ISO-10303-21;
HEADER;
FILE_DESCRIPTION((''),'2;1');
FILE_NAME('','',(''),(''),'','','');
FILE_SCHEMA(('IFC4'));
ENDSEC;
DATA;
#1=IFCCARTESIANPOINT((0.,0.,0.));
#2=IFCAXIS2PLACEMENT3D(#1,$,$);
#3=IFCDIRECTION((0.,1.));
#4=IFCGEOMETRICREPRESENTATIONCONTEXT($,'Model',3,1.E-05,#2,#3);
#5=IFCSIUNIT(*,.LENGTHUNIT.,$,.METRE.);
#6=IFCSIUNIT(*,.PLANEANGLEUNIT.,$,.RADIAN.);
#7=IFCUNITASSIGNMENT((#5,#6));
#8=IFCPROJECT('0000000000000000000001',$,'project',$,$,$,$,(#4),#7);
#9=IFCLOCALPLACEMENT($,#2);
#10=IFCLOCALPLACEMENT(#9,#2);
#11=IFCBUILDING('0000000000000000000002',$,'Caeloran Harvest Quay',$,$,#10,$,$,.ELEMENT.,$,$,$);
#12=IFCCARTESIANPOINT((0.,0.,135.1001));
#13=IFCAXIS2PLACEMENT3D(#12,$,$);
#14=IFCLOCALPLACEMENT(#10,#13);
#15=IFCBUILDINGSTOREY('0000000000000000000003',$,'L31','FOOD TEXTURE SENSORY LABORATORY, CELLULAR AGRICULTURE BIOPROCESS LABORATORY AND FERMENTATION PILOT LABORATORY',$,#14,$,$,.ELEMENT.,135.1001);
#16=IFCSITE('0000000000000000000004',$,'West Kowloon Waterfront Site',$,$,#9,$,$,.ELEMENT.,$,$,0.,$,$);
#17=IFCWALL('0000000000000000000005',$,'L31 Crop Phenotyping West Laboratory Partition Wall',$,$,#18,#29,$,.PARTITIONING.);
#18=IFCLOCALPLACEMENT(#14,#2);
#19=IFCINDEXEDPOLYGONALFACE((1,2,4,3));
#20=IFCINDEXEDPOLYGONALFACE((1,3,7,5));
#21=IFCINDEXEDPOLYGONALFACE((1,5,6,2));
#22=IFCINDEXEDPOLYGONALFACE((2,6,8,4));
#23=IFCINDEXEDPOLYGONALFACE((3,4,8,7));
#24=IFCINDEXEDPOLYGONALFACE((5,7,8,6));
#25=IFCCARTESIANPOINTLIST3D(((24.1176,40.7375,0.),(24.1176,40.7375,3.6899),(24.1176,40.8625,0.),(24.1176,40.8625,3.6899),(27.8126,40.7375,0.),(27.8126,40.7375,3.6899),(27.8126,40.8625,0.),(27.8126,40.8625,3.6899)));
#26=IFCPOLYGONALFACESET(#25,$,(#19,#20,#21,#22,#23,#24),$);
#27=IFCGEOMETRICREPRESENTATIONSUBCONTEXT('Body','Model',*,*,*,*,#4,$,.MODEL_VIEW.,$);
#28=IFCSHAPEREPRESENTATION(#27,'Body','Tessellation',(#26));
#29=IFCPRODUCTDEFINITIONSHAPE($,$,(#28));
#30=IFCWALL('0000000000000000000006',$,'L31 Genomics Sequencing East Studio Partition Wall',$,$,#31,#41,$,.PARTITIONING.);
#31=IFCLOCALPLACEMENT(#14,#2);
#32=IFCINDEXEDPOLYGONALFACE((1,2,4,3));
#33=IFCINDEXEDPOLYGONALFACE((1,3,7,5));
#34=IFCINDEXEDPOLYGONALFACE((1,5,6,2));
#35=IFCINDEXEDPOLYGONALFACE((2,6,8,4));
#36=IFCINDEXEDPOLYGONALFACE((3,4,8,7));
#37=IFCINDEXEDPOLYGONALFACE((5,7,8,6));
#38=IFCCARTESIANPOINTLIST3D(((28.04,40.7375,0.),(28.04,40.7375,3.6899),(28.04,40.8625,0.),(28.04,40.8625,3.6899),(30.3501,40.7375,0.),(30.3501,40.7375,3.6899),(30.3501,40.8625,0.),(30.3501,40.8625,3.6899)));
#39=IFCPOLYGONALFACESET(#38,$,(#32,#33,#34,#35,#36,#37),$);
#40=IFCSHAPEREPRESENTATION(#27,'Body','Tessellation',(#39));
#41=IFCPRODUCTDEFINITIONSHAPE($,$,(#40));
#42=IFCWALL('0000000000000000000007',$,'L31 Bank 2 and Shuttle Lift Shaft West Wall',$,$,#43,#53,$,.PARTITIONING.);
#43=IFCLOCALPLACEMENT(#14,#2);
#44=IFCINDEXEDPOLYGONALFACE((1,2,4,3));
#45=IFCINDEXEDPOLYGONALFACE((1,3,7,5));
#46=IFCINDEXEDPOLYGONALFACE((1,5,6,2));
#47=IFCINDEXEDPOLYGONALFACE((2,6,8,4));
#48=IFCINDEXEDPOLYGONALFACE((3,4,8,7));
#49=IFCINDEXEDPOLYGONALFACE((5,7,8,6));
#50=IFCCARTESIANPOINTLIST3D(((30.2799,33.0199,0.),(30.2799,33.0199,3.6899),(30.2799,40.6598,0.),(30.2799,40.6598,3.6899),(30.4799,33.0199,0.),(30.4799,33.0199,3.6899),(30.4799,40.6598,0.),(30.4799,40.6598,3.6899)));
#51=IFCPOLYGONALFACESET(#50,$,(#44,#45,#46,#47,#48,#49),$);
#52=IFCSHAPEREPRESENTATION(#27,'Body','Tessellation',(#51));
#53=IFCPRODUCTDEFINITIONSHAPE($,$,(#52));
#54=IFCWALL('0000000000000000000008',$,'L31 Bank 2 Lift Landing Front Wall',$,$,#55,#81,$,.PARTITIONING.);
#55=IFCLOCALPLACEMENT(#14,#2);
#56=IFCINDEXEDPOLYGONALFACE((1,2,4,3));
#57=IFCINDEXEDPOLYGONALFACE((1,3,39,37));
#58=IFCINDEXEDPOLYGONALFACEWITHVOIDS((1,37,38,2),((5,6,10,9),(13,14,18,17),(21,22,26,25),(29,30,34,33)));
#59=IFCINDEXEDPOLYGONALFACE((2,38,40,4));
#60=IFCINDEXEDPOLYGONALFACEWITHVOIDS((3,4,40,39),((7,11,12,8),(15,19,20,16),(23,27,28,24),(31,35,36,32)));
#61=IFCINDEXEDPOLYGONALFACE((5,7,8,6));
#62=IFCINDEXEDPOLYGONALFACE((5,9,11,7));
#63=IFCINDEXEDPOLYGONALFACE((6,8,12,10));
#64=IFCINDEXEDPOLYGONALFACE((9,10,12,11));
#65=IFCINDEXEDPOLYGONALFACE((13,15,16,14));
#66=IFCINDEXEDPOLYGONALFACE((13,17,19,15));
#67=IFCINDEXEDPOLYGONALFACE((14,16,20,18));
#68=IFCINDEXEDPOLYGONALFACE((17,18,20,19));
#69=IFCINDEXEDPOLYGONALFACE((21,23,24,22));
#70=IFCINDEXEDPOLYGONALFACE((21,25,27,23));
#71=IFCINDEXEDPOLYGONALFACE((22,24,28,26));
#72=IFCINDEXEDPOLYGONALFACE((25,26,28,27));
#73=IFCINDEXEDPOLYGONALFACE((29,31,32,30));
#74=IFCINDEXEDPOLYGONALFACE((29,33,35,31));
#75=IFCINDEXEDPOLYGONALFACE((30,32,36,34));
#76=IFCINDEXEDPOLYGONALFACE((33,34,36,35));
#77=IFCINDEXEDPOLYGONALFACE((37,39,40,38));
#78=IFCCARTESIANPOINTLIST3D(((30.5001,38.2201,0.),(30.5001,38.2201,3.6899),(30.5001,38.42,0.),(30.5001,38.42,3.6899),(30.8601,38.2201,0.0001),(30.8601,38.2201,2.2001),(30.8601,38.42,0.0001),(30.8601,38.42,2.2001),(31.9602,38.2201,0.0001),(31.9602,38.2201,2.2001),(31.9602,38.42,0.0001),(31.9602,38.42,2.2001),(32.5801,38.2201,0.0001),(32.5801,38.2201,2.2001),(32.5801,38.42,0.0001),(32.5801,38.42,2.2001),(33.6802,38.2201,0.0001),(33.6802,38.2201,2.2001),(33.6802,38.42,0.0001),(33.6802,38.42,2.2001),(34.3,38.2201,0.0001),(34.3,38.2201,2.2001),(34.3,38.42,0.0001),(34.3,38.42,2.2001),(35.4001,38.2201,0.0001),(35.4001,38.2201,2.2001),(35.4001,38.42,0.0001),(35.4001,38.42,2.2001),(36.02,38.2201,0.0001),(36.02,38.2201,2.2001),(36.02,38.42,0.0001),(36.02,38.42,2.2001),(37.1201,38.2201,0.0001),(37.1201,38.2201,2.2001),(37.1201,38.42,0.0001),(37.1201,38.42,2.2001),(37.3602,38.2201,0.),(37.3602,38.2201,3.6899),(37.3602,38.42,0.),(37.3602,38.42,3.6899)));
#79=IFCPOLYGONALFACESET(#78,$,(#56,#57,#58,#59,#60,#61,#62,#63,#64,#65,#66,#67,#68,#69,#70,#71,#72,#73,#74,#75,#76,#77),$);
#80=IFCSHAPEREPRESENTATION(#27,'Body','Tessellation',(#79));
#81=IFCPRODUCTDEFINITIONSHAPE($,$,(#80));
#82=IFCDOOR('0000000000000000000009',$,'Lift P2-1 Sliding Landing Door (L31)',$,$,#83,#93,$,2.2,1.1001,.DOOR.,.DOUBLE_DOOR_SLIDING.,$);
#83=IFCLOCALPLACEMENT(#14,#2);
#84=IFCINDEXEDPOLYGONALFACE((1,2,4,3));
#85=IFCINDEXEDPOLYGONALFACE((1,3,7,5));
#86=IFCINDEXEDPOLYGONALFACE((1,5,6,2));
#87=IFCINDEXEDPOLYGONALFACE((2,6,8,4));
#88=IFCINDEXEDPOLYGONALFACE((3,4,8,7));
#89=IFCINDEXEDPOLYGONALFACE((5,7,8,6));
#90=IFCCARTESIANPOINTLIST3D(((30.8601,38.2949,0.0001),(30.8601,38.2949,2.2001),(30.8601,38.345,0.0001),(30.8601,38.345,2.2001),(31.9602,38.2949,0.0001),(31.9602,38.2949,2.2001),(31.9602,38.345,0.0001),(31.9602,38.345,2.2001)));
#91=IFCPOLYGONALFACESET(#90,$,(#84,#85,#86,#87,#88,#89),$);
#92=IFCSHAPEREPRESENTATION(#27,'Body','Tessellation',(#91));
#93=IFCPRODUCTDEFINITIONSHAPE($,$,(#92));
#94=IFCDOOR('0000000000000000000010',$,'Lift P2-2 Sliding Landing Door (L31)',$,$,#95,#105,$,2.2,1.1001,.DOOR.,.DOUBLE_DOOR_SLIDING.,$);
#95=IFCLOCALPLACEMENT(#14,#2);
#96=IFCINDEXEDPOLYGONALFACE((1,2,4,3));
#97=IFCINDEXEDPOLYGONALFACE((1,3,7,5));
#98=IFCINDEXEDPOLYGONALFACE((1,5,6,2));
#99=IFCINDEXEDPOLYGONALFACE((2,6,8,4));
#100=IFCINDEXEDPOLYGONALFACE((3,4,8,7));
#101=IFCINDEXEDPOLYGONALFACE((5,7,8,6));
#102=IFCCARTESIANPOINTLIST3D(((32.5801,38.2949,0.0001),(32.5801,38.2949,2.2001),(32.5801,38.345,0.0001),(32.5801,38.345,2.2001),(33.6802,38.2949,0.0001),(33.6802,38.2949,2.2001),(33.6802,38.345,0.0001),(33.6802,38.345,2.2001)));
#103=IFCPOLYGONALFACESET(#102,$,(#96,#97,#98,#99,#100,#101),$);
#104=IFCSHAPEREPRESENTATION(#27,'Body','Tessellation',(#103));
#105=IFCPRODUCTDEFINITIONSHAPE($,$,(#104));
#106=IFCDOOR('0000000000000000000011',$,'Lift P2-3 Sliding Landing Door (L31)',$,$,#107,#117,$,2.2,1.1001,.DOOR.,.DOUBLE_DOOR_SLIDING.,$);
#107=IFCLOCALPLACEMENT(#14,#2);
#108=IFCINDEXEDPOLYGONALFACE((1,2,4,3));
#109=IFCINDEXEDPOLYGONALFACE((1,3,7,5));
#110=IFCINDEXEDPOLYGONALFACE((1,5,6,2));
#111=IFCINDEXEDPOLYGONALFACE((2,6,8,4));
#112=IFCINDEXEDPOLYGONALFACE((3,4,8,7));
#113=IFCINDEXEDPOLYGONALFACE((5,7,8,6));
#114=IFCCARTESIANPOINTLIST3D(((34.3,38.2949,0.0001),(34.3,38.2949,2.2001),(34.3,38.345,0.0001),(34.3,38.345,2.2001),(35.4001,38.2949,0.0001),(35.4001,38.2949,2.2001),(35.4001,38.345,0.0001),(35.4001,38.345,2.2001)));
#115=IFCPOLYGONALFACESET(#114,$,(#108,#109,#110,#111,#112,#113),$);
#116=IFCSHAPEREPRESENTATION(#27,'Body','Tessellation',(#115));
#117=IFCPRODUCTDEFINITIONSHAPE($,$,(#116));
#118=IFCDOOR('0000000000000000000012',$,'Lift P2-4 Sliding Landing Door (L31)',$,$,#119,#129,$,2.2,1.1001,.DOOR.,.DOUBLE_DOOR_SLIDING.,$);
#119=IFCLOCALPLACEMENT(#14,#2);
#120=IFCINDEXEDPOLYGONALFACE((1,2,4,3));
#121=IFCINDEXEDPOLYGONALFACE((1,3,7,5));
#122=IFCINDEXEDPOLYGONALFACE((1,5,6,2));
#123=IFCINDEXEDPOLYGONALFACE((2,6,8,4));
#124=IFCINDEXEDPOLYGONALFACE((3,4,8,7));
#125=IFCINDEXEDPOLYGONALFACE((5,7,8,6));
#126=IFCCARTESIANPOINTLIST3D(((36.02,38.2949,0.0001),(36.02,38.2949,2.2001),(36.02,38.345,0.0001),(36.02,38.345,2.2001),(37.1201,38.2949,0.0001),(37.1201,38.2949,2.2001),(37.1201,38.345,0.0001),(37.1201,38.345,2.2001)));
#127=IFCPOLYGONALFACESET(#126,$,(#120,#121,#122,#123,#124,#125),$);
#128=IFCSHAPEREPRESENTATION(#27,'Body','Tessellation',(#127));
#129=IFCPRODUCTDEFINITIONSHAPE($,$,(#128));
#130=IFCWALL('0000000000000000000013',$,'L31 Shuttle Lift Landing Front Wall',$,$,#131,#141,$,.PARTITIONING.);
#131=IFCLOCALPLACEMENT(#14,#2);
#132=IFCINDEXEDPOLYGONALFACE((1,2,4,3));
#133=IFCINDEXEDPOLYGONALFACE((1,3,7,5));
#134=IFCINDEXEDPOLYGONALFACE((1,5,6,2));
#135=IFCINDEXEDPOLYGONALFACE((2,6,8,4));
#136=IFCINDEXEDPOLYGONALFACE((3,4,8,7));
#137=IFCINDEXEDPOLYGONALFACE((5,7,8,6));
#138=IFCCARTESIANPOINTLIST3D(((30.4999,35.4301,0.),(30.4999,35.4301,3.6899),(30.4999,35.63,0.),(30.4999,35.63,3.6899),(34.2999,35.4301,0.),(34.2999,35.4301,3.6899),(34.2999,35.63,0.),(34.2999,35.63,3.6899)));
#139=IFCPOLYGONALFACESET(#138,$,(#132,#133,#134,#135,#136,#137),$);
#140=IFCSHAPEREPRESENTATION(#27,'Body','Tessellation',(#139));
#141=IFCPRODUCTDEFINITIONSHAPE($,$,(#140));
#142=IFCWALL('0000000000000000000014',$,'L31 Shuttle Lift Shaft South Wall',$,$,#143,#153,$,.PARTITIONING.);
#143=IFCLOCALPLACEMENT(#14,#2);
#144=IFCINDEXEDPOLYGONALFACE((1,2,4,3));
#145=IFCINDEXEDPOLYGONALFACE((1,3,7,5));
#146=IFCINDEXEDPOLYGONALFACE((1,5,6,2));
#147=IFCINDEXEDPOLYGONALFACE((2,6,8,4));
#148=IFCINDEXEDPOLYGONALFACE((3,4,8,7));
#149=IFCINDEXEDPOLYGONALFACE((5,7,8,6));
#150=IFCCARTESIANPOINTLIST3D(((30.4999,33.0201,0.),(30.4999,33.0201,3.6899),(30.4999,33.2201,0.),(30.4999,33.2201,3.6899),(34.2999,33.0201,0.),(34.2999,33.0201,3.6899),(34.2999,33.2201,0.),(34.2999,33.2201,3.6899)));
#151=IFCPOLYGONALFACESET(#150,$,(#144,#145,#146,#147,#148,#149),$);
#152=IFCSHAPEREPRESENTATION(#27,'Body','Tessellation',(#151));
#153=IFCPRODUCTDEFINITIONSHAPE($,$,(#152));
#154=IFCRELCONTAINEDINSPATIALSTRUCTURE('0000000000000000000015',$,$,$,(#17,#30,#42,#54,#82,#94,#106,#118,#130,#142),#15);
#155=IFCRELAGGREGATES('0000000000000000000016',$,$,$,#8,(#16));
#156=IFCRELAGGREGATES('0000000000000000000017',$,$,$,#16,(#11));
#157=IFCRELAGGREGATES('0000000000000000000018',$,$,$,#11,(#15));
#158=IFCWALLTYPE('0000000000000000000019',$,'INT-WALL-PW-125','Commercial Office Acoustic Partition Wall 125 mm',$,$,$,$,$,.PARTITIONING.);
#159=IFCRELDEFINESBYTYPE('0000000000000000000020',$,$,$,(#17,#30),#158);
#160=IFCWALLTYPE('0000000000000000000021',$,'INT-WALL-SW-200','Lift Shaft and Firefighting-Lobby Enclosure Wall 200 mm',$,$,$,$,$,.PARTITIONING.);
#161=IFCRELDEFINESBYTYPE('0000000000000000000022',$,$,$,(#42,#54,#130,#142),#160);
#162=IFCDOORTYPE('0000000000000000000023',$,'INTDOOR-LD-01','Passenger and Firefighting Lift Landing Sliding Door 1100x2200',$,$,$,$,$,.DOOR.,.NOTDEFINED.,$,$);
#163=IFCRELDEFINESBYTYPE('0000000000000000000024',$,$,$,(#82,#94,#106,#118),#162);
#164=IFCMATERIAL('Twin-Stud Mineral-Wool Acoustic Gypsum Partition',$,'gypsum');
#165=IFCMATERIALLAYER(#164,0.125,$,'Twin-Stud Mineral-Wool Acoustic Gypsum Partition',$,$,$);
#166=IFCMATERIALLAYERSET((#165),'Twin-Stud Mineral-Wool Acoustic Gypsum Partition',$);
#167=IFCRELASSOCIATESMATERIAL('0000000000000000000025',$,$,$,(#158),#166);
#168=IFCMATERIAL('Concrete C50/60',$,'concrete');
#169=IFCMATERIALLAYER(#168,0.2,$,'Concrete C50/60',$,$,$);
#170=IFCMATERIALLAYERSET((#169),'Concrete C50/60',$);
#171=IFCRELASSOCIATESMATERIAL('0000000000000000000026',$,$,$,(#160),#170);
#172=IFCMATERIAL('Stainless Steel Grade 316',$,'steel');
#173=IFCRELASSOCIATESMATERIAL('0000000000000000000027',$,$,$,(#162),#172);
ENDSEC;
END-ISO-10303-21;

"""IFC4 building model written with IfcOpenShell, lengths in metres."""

from ifc_helpers import new_model, si_unit, direction, frame, frame_2d, origin, place, context, subcontext, project, spatial, rectangle, extrude, material, layer, layer_set, type_object, element, fill, save


model = new_model("IFC4")

# Units and contexts
model_context = context("Model", 3, precision=1e-05, world=origin(), true_north=direction((0.0, 1.0)))
body_context = subcontext(model_context, "Body", "Model", "MODEL_VIEW")
ifc_project = project(units=[si_unit("LENGTHUNIT", "METRE"), si_unit("PLANEANGLEUNIT", "RADIAN")], contexts=[model_context])

# Site, building, storey
site_placement = place(None, origin())
site = spatial("IfcSite", under=ifc_project, at=site_placement, Name="West Kowloon Waterfront Site", CompositionType="ELEMENT", RefElevation=0.0)
building_placement = place(site_placement, origin())
building = spatial("IfcBuilding", under=site, at=building_placement, Name="Caeloran Harvest Quay", CompositionType="ELEMENT")
storey_placement = place(building_placement, frame((0.0, 0.0, 135.1001)))
storey = spatial("IfcBuildingStorey", under=building, at=storey_placement, Name="L31", Description="FOOD TEXTURE SENSORY LABORATORY, CELLULAR AGRICULTURE BIOPROCESS LABORATORY AND FERMENTATION PILOT LABORATORY", CompositionType="ELEMENT", Elevation=135.1001)

# Shared definitions
ifc_material_1 = material(Name="Twin-Stud Mineral-Wool Acoustic Gypsum Partition", Category="gypsum")
ifc_layer_1 = layer(ifc_material_1, 0.125, Name="Twin-Stud Mineral-Wool Acoustic Gypsum Partition")
ifc_layer_set_1 = layer_set([ifc_layer_1], Name="Twin-Stud Mineral-Wool Acoustic Gypsum Partition")
wall_type_1 = type_object("IfcWallType", Name="INT-WALL-PW-125", Description="Commercial Office Acoustic Partition Wall 125 mm", PredefinedType="PARTITIONING", material=ifc_layer_set_1)

# Wall
wall_1_placement = place(storey_placement, frame((24.1174, 40.8, 0.0), z_axis=(0.0, 0.0, 1.0), x_axis=(1.0, 0.0, 0.0)))
element("IfcWall", 1, at=wall_1_placement, inside=storey, type_object=wall_type_1, Name="L31 Crop Phenotyping West Laboratory Partition Wall", PredefinedType="PARTITIONING", context=body_context, shape_type="SweptSolid", body=[
    extrude(rectangle(XDim=3.6951, YDim=0.125, at=frame_2d((1.8477, 0.0))), origin(), (0.0, 0.0, 1.0), 3.6899),
])

# Walls
wall_2_placement = place(storey_placement, frame((28.04, 40.8, 0.0), z_axis=(0.0, 0.0, 1.0), x_axis=(1.0, 0.0, 0.0)))
element("IfcWall", 2, at=wall_2_placement, inside=storey, type_object=wall_type_1, Name="L31 Genomics Sequencing East Studio Partition Wall", PredefinedType="PARTITIONING", context=body_context, shape_type="SweptSolid", body=[
    extrude(rectangle(XDim=2.3101, YDim=0.125, at=frame_2d((1.155, 0.0))), origin(), (0.0, 0.0, 1.0), 3.6899),
])
ifc_material_2 = material(Name="Concrete C50/60", Category="concrete")
ifc_layer_2 = layer(ifc_material_2, 0.2, Name="Concrete C50/60")
ifc_layer_set_2 = layer_set([ifc_layer_2], Name="Concrete C50/60")
wall_type_2 = type_object("IfcWallType", Name="INT-WALL-SW-200", Description="Lift Shaft and Firefighting-Lobby Enclosure Wall 200 mm", PredefinedType="PARTITIONING", material=ifc_layer_set_2)
wall_3_placement = place(storey_placement, frame((30.3799, 33.02, 0.0), z_axis=(0.0, 0.0, 1.0), x_axis=(0.0, 1.0, 0.0)))
element("IfcWall", 3, at=wall_3_placement, inside=storey, type_object=wall_type_2, Name="L31 Bank 2 and Shuttle Lift Shaft West Wall", PredefinedType="PARTITIONING", context=body_context, shape_type="SweptSolid", body=[
    extrude(rectangle(XDim=7.6399, YDim=0.2, at=frame_2d((3.8198, 0.0))), origin(), (0.0, 0.0, 1.0), 3.6899),
])

# Wall, openings, doors
wall_4_placement = place(storey_placement, frame((30.5, 38.3201, 0.0), z_axis=(0.0, 0.0, 1.0), x_axis=(1.0, 0.0, 0.0)))
wall_4 = element("IfcWall", 4, at=wall_4_placement, inside=storey, type_object=wall_type_2, Name="L31 Bank 2 Lift Landing Front Wall", PredefinedType="PARTITIONING", context=body_context, shape_type="SweptSolid", body=[
    extrude(rectangle(XDim=6.8601, YDim=0.2, at=frame_2d((3.4302, 0.0))), origin(), (0.0, 0.0, 1.0), 3.6899),
])
opening_1_placement = place(wall_4_placement, frame((0.3601, 0.0, 0.0)))
opening_1 = element("IfcOpeningElement", 5, at=opening_1_placement, cuts=wall_4, PredefinedType="OPENING", context=body_context, shape_type="SweptSolid", body=[
    extrude(rectangle(XDim=1.1001, YDim=2.2, at=frame_2d((0.55, 1.1001))), frame((0.0, 0.1099, 0.0), z_axis=(0.0, -1.0, 0.0), x_axis=(1.0, 0.0, 0.0)), (0.0, 0.0, 1.0), 0.22),
])
opening_2_placement = place(wall_4_placement, frame((2.0801, 0.0, 0.0)))
opening_2 = element("IfcOpeningElement", 6, at=opening_2_placement, cuts=wall_4, PredefinedType="OPENING", context=body_context, shape_type="SweptSolid", body=[
    extrude(rectangle(XDim=1.1001, YDim=2.2, at=frame_2d((0.55, 1.1001))), frame((0.0, 0.1099, 0.0), z_axis=(0.0, -1.0, 0.0), x_axis=(1.0, 0.0, 0.0)), (0.0, 0.0, 1.0), 0.22),
])
opening_3_placement = place(wall_4_placement, frame((3.8, 0.0, 0.0)))
opening_3 = element("IfcOpeningElement", 7, at=opening_3_placement, cuts=wall_4, PredefinedType="OPENING", context=body_context, shape_type="SweptSolid", body=[
    extrude(rectangle(XDim=1.1001, YDim=2.2, at=frame_2d((0.55, 1.1001))), frame((0.0, 0.1099, 0.0), z_axis=(0.0, -1.0, 0.0), x_axis=(1.0, 0.0, 0.0)), (0.0, 0.0, 1.0), 0.22),
])
opening_4_placement = place(wall_4_placement, frame((5.52, 0.0, 0.0)))
opening_4 = element("IfcOpeningElement", 8, at=opening_4_placement, cuts=wall_4, PredefinedType="OPENING", context=body_context, shape_type="SweptSolid", body=[
    extrude(rectangle(XDim=1.1001, YDim=2.2, at=frame_2d((0.55, 1.1001))), frame((0.0, 0.1099, 0.0), z_axis=(0.0, -1.0, 0.0), x_axis=(1.0, 0.0, 0.0)), (0.0, 0.0, 1.0), 0.22),
])
ifc_material_3 = material(Name="Stainless Steel Grade 316", Category="steel")
door_type_1 = type_object("IfcDoorType", Name="INTDOOR-LD-01", Description="Passenger and Firefighting Lift Landing Sliding Door 1100x2200", OperationType="NOTDEFINED", PredefinedType="DOOR", material=ifc_material_3)
door_1_placement = place(opening_1_placement, origin())
door_1 = element("IfcDoor", 9, at=door_1_placement, inside=storey, type_object=door_type_1, Name="Lift P2-1 Sliding Landing Door (L31)", OperationType="DOUBLE_DOOR_SLIDING", OverallHeight=2.2, OverallWidth=1.1001, PredefinedType="DOOR", context=body_context, shape_type="SweptSolid", body=[
    extrude(rectangle(XDim=1.1001, YDim=2.2, at=frame_2d((0.55, 1.1001))), frame((0.0, 0.0249, 0.0), z_axis=(0.0, -1.0, 0.0), x_axis=(1.0, 0.0, 0.0)), (0.0, 0.0, 1.0), 0.05),
])
fill(opening_1, door_1)
door_2_placement = place(opening_2_placement, origin())
door_2 = element("IfcDoor", 10, at=door_2_placement, inside=storey, type_object=door_type_1, Name="Lift P2-2 Sliding Landing Door (L31)", OperationType="DOUBLE_DOOR_SLIDING", OverallHeight=2.2, OverallWidth=1.1001, PredefinedType="DOOR", context=body_context, shape_type="SweptSolid", body=[
    extrude(rectangle(XDim=1.1001, YDim=2.2, at=frame_2d((0.55, 1.1001))), frame((0.0, 0.0249, 0.0), z_axis=(0.0, -1.0, 0.0), x_axis=(1.0, 0.0, 0.0)), (0.0, 0.0, 1.0), 0.05),
])
fill(opening_2, door_2)
door_3_placement = place(opening_3_placement, origin())
door_3 = element("IfcDoor", 11, at=door_3_placement, inside=storey, type_object=door_type_1, Name="Lift P2-3 Sliding Landing Door (L31)", OperationType="DOUBLE_DOOR_SLIDING", OverallHeight=2.2, OverallWidth=1.1001, PredefinedType="DOOR", context=body_context, shape_type="SweptSolid", body=[
    extrude(rectangle(XDim=1.1001, YDim=2.2, at=frame_2d((0.55, 1.1001))), frame((0.0, 0.0249, 0.0), z_axis=(0.0, -1.0, 0.0), x_axis=(1.0, 0.0, 0.0)), (0.0, 0.0, 1.0), 0.05),
])
fill(opening_3, door_3)
door_4_placement = place(opening_4_placement, origin())
door_4 = element("IfcDoor", 12, at=door_4_placement, inside=storey, type_object=door_type_1, Name="Lift P2-4 Sliding Landing Door (L31)", OperationType="DOUBLE_DOOR_SLIDING", OverallHeight=2.2, OverallWidth=1.1001, PredefinedType="DOOR", context=body_context, shape_type="SweptSolid", body=[
    extrude(rectangle(XDim=1.1001, YDim=2.2, at=frame_2d((0.55, 1.1001))), frame((0.0, 0.0249, 0.0), z_axis=(0.0, -1.0, 0.0), x_axis=(1.0, 0.0, 0.0)), (0.0, 0.0, 1.0), 0.05),
])
fill(opening_4, door_4)

# Walls
for number, where, z_axis, x_axis, name in (
    (13, (30.5, 35.53, 0.0), (0.0, 0.0, 1.0), (1.0, 0.0, 0.0), "L31 Shuttle Lift Landing Front Wall"),
    (14, (30.5, 33.1201, 0.0), (0.0, 0.0, 1.0), (1.0, 0.0, 0.0), "L31 Shuttle Lift Shaft South Wall"),
):
    element("IfcWall", number, at=place(storey_placement, frame(where, z_axis=z_axis, x_axis=x_axis)), inside=storey, type_object=wall_type_2, Name=name, PredefinedType="PARTITIONING", context=body_context, shape_type="SweptSolid", body=[
        extrude(rectangle(XDim=3.8, YDim=0.2, at=frame_2d((1.8999, 0.0))), origin(), (0.0, 0.0, 1.0), 3.6899),
    ])

save(model, "model.ifc")
